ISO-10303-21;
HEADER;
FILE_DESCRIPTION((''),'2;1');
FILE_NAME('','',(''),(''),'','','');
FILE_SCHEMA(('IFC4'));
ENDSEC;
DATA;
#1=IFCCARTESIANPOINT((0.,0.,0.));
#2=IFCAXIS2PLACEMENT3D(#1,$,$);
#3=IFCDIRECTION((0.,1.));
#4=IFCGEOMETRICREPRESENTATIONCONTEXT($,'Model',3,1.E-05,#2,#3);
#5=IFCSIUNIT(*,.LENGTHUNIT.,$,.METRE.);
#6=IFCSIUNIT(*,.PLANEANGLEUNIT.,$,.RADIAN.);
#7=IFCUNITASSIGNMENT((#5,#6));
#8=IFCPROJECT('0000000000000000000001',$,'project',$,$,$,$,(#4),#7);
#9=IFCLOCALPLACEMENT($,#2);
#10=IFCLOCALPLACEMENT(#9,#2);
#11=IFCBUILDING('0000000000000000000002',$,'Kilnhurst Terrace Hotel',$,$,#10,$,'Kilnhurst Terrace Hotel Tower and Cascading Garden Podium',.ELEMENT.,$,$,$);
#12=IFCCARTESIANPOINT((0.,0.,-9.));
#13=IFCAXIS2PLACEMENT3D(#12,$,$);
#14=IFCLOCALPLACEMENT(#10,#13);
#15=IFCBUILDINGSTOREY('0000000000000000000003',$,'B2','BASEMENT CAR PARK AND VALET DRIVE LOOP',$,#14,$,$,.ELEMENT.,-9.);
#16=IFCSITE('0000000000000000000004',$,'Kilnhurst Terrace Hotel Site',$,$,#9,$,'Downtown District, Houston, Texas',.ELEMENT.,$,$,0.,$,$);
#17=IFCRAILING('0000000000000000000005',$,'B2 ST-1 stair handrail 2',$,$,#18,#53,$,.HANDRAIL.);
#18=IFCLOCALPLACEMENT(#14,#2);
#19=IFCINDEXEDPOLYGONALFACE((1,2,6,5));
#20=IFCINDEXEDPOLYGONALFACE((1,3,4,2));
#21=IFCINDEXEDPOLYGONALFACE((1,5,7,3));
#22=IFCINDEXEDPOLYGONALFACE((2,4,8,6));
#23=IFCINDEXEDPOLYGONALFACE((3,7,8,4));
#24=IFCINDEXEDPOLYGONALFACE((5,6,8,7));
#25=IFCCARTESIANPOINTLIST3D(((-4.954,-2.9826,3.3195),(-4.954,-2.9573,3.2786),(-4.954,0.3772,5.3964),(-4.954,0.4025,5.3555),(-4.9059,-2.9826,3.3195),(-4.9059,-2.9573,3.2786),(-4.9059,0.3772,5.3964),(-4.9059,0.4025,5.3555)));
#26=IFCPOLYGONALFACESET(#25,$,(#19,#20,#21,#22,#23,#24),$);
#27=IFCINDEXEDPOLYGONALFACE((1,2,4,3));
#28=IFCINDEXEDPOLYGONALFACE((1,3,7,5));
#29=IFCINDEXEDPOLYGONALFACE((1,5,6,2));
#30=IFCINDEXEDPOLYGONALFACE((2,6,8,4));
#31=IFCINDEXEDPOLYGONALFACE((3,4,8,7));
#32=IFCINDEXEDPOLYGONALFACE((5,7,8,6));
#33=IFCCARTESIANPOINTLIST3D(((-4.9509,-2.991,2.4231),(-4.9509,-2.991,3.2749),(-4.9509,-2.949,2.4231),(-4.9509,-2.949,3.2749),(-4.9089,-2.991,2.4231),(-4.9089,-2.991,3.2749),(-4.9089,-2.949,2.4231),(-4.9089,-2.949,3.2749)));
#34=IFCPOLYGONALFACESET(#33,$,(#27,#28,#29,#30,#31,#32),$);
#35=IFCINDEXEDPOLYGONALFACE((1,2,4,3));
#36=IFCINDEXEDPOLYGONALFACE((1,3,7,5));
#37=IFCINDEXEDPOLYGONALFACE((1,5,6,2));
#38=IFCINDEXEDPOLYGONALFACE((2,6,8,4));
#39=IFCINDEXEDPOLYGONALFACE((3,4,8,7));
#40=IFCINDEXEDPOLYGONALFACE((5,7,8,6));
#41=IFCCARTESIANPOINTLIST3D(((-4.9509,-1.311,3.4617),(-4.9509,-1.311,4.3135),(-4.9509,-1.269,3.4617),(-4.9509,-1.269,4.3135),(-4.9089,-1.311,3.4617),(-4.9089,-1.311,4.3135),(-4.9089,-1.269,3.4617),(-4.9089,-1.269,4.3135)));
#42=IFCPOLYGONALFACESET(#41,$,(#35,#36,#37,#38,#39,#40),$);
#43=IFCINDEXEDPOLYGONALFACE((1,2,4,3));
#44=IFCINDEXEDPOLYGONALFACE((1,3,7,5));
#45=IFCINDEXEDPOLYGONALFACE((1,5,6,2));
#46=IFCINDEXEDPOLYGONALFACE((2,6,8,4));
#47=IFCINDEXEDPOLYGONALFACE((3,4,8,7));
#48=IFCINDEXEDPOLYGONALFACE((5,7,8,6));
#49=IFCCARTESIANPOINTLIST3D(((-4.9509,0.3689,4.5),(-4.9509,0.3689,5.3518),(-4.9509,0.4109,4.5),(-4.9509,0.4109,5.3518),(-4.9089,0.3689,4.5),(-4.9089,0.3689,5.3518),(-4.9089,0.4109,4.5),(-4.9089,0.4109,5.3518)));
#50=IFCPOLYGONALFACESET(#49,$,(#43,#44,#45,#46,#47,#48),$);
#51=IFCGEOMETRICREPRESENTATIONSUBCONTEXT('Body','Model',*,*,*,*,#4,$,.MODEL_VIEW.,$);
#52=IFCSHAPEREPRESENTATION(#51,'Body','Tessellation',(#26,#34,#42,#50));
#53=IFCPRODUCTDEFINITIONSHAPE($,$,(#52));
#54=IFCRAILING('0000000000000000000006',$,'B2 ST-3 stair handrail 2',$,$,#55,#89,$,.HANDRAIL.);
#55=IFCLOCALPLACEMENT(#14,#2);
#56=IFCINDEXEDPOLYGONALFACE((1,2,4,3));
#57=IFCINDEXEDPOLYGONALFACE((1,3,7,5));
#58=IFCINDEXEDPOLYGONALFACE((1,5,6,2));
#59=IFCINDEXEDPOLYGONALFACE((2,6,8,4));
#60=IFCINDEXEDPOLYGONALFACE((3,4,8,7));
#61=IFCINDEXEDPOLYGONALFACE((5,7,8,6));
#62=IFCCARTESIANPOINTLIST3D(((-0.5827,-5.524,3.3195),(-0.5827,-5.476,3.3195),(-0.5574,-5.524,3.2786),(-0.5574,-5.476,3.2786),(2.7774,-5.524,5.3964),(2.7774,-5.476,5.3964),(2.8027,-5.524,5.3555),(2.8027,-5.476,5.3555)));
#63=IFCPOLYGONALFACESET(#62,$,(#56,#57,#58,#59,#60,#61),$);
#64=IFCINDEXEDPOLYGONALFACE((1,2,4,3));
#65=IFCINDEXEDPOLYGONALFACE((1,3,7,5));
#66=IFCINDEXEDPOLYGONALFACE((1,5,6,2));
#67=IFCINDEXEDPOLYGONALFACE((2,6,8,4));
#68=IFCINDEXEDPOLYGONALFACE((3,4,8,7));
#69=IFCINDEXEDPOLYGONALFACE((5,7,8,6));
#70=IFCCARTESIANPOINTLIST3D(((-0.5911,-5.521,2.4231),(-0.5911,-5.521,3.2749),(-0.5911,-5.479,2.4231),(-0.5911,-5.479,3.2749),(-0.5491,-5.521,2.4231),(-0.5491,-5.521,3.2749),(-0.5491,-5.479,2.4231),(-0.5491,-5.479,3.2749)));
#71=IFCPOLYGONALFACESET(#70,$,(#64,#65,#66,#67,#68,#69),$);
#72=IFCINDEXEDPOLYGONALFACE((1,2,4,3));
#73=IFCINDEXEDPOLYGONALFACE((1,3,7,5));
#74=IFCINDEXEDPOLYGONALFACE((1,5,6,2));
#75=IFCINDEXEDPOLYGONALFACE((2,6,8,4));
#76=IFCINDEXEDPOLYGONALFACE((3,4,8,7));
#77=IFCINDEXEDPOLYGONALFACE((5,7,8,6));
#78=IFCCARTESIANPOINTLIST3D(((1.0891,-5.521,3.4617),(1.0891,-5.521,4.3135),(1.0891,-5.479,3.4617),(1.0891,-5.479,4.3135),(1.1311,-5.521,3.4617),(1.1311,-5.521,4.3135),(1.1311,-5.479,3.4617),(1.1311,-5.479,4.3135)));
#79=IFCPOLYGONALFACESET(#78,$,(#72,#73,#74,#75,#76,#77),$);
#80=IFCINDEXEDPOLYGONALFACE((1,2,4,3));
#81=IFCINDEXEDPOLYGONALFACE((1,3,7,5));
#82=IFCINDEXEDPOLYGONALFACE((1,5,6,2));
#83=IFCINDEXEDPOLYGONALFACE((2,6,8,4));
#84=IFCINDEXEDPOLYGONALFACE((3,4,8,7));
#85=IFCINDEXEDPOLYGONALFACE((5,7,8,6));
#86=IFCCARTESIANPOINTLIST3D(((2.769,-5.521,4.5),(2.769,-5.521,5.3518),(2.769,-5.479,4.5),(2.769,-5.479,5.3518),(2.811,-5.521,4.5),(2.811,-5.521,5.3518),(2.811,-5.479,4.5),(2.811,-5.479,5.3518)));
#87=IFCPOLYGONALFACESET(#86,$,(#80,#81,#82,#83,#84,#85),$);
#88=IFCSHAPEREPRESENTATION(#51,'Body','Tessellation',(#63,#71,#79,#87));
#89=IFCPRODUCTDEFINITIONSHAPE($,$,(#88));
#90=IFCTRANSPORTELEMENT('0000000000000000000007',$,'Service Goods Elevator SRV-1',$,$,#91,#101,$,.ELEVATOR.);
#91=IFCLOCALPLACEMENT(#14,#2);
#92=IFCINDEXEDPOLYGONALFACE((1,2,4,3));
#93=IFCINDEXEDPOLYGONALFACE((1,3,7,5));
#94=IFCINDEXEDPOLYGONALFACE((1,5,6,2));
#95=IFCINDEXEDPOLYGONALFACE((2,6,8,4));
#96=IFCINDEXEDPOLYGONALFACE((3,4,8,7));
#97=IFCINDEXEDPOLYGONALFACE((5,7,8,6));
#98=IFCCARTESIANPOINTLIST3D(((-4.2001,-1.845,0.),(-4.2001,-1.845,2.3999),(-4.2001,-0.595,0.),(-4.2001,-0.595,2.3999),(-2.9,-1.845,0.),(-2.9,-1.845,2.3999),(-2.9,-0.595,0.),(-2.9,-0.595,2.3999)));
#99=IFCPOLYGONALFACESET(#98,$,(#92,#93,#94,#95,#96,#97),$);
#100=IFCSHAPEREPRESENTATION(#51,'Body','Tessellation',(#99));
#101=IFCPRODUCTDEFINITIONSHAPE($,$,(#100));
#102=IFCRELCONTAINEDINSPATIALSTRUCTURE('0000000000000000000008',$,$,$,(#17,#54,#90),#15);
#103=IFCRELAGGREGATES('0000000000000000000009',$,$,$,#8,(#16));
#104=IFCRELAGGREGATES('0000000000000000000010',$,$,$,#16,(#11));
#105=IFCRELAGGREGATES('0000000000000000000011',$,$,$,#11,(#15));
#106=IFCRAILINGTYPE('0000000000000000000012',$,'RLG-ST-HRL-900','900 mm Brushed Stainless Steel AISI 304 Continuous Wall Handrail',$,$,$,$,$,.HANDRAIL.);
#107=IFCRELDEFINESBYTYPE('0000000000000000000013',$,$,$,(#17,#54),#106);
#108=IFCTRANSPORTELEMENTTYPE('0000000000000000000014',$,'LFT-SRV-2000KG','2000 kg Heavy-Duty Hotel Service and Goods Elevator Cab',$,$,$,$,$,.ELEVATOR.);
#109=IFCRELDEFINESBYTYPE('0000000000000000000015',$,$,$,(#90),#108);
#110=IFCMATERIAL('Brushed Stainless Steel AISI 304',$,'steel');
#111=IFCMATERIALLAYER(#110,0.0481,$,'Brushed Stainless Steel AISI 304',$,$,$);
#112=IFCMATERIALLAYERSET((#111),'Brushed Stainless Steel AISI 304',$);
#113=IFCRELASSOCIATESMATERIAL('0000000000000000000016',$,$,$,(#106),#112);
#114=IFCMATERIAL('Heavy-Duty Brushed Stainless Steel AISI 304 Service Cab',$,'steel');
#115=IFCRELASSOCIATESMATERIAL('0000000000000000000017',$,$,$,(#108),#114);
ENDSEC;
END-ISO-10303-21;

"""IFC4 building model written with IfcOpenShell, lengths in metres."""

from ifc_helpers import new_model, si_unit, direction, frame, origin, origin_2d, place, context, subcontext, project, spatial, rectangle, extrude, material, layer, layer_set, type_object, element, save


model = new_model("IFC4")

# Units and contexts
model_context = context("Model", 3, precision=1e-05, world=origin(), true_north=direction((0.0, 1.0)))
body_context = subcontext(model_context, "Body", "Model", "MODEL_VIEW")
ifc_project = project(units=[si_unit("LENGTHUNIT", "METRE"), si_unit("PLANEANGLEUNIT", "RADIAN")], contexts=[model_context])

# Site, building, storey
site_placement = place(None, origin())
site = spatial("IfcSite", under=ifc_project, at=site_placement, Name="Kilnhurst Terrace Hotel Site", LongName="Downtown District, Houston, Texas", CompositionType="ELEMENT", RefElevation=0.0)
building_placement = place(site_placement, origin())
building = spatial("IfcBuilding", under=site, at=building_placement, Name="Kilnhurst Terrace Hotel", LongName="Kilnhurst Terrace Hotel Tower and Cascading Garden Podium", CompositionType="ELEMENT")
storey_placement = place(building_placement, frame((0.0, 0.0, -9.0)))
storey = spatial("IfcBuildingStorey", under=building, at=storey_placement, Name="B2", Description="BASEMENT CAR PARK AND VALET DRIVE LOOP", CompositionType="ELEMENT", Elevation=-9.0)

# Railings
ifc_material_1 = material(Name="Brushed Stainless Steel AISI 304", Category="steel")
ifc_layer_1 = layer(ifc_material_1, 0.0481, Name="Brushed Stainless Steel AISI 304")
ifc_layer_set_1 = layer_set([ifc_layer_1], Name="Brushed Stainless Steel AISI 304")
railing_type_1 = type_object("IfcRailingType", Name="RLG-ST-HRL-900", Description="900 mm Brushed Stainless Steel AISI 304 Continuous Wall Handrail", PredefinedType="HANDRAIL", material=ifc_layer_set_1)
railing_1_placement = place(storey_placement, frame((-4.9299, -2.97, 2.4231)))
element("IfcRailing", 1, at=railing_1_placement, inside=storey, type_object=railing_type_1, Name="B2 ST-1 stair handrail 2", PredefinedType="HANDRAIL", context=body_context, shape_type="SweptSolid", body=[
    extrude(rectangle(XDim=0.0481, YDim=0.0481, at=origin_2d()), frame((0.0, 0.0, 0.876), z_axis=(0.0, 0.850606, 0.525803), x_axis=(-1.0, 0.0, 0.0)), (0.0, 0.0, 1.0), 3.95),
    extrude(rectangle(XDim=0.042, YDim=0.042, at=origin_2d()), origin(), (0.0, 0.0, 1.0), 0.8518),
    extrude(rectangle(XDim=0.042, YDim=0.042, at=origin_2d()), frame((0.0, 1.6799, 1.0386)), (0.0, 0.0, 1.0), 0.8518),
    extrude(rectangle(XDim=0.042, YDim=0.042, at=origin_2d()), frame((0.0, 3.3599, 2.0769)), (0.0, 0.0, 1.0), 0.8518),
])
railing_2_placement = place(storey_placement, frame((-0.5701, -5.5, 2.4231)))
element("IfcRailing", 2, at=railing_2_placement, inside=storey, type_object=railing_type_1, Name="B2 ST-3 stair handrail 2", PredefinedType="HANDRAIL", context=body_context, shape_type="SweptSolid", body=[
    extrude(rectangle(XDim=0.0481, YDim=0.0481, at=origin_2d()), frame((0.0, 0.0, 0.876), z_axis=(0.850623, 0.0, 0.525776), x_axis=(0.0, 1.0, 0.0)), (0.0, 0.0, 1.0), 3.9502),
    extrude(rectangle(XDim=0.042, YDim=0.042, at=origin_2d()), origin(), (0.0, 0.0, 1.0), 0.8518),
    extrude(rectangle(XDim=0.042, YDim=0.042, at=origin_2d()), frame((1.6802, 0.0, 1.0386)), (0.0, 0.0, 1.0), 0.8518),
    extrude(rectangle(XDim=0.042, YDim=0.042, at=origin_2d()), frame((3.3601, 0.0, 2.0769)), (0.0, 0.0, 1.0), 0.8518),
])

# Transport element
ifc_material_2 = material(Name="Heavy-Duty Brushed Stainless Steel AISI 304 Service Cab", Category="steel")
transport_element_type = type_object("IfcTransportElementType", Name="LFT-SRV-2000KG", Description="2000 kg Heavy-Duty Hotel Service and Goods Elevator Cab", PredefinedType="ELEVATOR", material=ifc_material_2)
transport_element_placement = place(storey_placement, frame((-3.55, -1.22, 0.0), z_axis=(0.0, 0.0, 1.0), x_axis=(1.0, 0.0, 0.0)))
element("IfcTransportElement", 3, at=transport_element_placement, inside=storey, type_object=transport_element_type, Name="Service Goods Elevator SRV-1", PredefinedType="ELEVATOR", context=body_context, shape_type="SweptSolid", body=[
    extrude(rectangle(XDim=1.3, YDim=1.25, at=origin_2d()), origin(), (0.0, 0.0, 1.0), 2.3999),
])

save(model, "model.ifc")
